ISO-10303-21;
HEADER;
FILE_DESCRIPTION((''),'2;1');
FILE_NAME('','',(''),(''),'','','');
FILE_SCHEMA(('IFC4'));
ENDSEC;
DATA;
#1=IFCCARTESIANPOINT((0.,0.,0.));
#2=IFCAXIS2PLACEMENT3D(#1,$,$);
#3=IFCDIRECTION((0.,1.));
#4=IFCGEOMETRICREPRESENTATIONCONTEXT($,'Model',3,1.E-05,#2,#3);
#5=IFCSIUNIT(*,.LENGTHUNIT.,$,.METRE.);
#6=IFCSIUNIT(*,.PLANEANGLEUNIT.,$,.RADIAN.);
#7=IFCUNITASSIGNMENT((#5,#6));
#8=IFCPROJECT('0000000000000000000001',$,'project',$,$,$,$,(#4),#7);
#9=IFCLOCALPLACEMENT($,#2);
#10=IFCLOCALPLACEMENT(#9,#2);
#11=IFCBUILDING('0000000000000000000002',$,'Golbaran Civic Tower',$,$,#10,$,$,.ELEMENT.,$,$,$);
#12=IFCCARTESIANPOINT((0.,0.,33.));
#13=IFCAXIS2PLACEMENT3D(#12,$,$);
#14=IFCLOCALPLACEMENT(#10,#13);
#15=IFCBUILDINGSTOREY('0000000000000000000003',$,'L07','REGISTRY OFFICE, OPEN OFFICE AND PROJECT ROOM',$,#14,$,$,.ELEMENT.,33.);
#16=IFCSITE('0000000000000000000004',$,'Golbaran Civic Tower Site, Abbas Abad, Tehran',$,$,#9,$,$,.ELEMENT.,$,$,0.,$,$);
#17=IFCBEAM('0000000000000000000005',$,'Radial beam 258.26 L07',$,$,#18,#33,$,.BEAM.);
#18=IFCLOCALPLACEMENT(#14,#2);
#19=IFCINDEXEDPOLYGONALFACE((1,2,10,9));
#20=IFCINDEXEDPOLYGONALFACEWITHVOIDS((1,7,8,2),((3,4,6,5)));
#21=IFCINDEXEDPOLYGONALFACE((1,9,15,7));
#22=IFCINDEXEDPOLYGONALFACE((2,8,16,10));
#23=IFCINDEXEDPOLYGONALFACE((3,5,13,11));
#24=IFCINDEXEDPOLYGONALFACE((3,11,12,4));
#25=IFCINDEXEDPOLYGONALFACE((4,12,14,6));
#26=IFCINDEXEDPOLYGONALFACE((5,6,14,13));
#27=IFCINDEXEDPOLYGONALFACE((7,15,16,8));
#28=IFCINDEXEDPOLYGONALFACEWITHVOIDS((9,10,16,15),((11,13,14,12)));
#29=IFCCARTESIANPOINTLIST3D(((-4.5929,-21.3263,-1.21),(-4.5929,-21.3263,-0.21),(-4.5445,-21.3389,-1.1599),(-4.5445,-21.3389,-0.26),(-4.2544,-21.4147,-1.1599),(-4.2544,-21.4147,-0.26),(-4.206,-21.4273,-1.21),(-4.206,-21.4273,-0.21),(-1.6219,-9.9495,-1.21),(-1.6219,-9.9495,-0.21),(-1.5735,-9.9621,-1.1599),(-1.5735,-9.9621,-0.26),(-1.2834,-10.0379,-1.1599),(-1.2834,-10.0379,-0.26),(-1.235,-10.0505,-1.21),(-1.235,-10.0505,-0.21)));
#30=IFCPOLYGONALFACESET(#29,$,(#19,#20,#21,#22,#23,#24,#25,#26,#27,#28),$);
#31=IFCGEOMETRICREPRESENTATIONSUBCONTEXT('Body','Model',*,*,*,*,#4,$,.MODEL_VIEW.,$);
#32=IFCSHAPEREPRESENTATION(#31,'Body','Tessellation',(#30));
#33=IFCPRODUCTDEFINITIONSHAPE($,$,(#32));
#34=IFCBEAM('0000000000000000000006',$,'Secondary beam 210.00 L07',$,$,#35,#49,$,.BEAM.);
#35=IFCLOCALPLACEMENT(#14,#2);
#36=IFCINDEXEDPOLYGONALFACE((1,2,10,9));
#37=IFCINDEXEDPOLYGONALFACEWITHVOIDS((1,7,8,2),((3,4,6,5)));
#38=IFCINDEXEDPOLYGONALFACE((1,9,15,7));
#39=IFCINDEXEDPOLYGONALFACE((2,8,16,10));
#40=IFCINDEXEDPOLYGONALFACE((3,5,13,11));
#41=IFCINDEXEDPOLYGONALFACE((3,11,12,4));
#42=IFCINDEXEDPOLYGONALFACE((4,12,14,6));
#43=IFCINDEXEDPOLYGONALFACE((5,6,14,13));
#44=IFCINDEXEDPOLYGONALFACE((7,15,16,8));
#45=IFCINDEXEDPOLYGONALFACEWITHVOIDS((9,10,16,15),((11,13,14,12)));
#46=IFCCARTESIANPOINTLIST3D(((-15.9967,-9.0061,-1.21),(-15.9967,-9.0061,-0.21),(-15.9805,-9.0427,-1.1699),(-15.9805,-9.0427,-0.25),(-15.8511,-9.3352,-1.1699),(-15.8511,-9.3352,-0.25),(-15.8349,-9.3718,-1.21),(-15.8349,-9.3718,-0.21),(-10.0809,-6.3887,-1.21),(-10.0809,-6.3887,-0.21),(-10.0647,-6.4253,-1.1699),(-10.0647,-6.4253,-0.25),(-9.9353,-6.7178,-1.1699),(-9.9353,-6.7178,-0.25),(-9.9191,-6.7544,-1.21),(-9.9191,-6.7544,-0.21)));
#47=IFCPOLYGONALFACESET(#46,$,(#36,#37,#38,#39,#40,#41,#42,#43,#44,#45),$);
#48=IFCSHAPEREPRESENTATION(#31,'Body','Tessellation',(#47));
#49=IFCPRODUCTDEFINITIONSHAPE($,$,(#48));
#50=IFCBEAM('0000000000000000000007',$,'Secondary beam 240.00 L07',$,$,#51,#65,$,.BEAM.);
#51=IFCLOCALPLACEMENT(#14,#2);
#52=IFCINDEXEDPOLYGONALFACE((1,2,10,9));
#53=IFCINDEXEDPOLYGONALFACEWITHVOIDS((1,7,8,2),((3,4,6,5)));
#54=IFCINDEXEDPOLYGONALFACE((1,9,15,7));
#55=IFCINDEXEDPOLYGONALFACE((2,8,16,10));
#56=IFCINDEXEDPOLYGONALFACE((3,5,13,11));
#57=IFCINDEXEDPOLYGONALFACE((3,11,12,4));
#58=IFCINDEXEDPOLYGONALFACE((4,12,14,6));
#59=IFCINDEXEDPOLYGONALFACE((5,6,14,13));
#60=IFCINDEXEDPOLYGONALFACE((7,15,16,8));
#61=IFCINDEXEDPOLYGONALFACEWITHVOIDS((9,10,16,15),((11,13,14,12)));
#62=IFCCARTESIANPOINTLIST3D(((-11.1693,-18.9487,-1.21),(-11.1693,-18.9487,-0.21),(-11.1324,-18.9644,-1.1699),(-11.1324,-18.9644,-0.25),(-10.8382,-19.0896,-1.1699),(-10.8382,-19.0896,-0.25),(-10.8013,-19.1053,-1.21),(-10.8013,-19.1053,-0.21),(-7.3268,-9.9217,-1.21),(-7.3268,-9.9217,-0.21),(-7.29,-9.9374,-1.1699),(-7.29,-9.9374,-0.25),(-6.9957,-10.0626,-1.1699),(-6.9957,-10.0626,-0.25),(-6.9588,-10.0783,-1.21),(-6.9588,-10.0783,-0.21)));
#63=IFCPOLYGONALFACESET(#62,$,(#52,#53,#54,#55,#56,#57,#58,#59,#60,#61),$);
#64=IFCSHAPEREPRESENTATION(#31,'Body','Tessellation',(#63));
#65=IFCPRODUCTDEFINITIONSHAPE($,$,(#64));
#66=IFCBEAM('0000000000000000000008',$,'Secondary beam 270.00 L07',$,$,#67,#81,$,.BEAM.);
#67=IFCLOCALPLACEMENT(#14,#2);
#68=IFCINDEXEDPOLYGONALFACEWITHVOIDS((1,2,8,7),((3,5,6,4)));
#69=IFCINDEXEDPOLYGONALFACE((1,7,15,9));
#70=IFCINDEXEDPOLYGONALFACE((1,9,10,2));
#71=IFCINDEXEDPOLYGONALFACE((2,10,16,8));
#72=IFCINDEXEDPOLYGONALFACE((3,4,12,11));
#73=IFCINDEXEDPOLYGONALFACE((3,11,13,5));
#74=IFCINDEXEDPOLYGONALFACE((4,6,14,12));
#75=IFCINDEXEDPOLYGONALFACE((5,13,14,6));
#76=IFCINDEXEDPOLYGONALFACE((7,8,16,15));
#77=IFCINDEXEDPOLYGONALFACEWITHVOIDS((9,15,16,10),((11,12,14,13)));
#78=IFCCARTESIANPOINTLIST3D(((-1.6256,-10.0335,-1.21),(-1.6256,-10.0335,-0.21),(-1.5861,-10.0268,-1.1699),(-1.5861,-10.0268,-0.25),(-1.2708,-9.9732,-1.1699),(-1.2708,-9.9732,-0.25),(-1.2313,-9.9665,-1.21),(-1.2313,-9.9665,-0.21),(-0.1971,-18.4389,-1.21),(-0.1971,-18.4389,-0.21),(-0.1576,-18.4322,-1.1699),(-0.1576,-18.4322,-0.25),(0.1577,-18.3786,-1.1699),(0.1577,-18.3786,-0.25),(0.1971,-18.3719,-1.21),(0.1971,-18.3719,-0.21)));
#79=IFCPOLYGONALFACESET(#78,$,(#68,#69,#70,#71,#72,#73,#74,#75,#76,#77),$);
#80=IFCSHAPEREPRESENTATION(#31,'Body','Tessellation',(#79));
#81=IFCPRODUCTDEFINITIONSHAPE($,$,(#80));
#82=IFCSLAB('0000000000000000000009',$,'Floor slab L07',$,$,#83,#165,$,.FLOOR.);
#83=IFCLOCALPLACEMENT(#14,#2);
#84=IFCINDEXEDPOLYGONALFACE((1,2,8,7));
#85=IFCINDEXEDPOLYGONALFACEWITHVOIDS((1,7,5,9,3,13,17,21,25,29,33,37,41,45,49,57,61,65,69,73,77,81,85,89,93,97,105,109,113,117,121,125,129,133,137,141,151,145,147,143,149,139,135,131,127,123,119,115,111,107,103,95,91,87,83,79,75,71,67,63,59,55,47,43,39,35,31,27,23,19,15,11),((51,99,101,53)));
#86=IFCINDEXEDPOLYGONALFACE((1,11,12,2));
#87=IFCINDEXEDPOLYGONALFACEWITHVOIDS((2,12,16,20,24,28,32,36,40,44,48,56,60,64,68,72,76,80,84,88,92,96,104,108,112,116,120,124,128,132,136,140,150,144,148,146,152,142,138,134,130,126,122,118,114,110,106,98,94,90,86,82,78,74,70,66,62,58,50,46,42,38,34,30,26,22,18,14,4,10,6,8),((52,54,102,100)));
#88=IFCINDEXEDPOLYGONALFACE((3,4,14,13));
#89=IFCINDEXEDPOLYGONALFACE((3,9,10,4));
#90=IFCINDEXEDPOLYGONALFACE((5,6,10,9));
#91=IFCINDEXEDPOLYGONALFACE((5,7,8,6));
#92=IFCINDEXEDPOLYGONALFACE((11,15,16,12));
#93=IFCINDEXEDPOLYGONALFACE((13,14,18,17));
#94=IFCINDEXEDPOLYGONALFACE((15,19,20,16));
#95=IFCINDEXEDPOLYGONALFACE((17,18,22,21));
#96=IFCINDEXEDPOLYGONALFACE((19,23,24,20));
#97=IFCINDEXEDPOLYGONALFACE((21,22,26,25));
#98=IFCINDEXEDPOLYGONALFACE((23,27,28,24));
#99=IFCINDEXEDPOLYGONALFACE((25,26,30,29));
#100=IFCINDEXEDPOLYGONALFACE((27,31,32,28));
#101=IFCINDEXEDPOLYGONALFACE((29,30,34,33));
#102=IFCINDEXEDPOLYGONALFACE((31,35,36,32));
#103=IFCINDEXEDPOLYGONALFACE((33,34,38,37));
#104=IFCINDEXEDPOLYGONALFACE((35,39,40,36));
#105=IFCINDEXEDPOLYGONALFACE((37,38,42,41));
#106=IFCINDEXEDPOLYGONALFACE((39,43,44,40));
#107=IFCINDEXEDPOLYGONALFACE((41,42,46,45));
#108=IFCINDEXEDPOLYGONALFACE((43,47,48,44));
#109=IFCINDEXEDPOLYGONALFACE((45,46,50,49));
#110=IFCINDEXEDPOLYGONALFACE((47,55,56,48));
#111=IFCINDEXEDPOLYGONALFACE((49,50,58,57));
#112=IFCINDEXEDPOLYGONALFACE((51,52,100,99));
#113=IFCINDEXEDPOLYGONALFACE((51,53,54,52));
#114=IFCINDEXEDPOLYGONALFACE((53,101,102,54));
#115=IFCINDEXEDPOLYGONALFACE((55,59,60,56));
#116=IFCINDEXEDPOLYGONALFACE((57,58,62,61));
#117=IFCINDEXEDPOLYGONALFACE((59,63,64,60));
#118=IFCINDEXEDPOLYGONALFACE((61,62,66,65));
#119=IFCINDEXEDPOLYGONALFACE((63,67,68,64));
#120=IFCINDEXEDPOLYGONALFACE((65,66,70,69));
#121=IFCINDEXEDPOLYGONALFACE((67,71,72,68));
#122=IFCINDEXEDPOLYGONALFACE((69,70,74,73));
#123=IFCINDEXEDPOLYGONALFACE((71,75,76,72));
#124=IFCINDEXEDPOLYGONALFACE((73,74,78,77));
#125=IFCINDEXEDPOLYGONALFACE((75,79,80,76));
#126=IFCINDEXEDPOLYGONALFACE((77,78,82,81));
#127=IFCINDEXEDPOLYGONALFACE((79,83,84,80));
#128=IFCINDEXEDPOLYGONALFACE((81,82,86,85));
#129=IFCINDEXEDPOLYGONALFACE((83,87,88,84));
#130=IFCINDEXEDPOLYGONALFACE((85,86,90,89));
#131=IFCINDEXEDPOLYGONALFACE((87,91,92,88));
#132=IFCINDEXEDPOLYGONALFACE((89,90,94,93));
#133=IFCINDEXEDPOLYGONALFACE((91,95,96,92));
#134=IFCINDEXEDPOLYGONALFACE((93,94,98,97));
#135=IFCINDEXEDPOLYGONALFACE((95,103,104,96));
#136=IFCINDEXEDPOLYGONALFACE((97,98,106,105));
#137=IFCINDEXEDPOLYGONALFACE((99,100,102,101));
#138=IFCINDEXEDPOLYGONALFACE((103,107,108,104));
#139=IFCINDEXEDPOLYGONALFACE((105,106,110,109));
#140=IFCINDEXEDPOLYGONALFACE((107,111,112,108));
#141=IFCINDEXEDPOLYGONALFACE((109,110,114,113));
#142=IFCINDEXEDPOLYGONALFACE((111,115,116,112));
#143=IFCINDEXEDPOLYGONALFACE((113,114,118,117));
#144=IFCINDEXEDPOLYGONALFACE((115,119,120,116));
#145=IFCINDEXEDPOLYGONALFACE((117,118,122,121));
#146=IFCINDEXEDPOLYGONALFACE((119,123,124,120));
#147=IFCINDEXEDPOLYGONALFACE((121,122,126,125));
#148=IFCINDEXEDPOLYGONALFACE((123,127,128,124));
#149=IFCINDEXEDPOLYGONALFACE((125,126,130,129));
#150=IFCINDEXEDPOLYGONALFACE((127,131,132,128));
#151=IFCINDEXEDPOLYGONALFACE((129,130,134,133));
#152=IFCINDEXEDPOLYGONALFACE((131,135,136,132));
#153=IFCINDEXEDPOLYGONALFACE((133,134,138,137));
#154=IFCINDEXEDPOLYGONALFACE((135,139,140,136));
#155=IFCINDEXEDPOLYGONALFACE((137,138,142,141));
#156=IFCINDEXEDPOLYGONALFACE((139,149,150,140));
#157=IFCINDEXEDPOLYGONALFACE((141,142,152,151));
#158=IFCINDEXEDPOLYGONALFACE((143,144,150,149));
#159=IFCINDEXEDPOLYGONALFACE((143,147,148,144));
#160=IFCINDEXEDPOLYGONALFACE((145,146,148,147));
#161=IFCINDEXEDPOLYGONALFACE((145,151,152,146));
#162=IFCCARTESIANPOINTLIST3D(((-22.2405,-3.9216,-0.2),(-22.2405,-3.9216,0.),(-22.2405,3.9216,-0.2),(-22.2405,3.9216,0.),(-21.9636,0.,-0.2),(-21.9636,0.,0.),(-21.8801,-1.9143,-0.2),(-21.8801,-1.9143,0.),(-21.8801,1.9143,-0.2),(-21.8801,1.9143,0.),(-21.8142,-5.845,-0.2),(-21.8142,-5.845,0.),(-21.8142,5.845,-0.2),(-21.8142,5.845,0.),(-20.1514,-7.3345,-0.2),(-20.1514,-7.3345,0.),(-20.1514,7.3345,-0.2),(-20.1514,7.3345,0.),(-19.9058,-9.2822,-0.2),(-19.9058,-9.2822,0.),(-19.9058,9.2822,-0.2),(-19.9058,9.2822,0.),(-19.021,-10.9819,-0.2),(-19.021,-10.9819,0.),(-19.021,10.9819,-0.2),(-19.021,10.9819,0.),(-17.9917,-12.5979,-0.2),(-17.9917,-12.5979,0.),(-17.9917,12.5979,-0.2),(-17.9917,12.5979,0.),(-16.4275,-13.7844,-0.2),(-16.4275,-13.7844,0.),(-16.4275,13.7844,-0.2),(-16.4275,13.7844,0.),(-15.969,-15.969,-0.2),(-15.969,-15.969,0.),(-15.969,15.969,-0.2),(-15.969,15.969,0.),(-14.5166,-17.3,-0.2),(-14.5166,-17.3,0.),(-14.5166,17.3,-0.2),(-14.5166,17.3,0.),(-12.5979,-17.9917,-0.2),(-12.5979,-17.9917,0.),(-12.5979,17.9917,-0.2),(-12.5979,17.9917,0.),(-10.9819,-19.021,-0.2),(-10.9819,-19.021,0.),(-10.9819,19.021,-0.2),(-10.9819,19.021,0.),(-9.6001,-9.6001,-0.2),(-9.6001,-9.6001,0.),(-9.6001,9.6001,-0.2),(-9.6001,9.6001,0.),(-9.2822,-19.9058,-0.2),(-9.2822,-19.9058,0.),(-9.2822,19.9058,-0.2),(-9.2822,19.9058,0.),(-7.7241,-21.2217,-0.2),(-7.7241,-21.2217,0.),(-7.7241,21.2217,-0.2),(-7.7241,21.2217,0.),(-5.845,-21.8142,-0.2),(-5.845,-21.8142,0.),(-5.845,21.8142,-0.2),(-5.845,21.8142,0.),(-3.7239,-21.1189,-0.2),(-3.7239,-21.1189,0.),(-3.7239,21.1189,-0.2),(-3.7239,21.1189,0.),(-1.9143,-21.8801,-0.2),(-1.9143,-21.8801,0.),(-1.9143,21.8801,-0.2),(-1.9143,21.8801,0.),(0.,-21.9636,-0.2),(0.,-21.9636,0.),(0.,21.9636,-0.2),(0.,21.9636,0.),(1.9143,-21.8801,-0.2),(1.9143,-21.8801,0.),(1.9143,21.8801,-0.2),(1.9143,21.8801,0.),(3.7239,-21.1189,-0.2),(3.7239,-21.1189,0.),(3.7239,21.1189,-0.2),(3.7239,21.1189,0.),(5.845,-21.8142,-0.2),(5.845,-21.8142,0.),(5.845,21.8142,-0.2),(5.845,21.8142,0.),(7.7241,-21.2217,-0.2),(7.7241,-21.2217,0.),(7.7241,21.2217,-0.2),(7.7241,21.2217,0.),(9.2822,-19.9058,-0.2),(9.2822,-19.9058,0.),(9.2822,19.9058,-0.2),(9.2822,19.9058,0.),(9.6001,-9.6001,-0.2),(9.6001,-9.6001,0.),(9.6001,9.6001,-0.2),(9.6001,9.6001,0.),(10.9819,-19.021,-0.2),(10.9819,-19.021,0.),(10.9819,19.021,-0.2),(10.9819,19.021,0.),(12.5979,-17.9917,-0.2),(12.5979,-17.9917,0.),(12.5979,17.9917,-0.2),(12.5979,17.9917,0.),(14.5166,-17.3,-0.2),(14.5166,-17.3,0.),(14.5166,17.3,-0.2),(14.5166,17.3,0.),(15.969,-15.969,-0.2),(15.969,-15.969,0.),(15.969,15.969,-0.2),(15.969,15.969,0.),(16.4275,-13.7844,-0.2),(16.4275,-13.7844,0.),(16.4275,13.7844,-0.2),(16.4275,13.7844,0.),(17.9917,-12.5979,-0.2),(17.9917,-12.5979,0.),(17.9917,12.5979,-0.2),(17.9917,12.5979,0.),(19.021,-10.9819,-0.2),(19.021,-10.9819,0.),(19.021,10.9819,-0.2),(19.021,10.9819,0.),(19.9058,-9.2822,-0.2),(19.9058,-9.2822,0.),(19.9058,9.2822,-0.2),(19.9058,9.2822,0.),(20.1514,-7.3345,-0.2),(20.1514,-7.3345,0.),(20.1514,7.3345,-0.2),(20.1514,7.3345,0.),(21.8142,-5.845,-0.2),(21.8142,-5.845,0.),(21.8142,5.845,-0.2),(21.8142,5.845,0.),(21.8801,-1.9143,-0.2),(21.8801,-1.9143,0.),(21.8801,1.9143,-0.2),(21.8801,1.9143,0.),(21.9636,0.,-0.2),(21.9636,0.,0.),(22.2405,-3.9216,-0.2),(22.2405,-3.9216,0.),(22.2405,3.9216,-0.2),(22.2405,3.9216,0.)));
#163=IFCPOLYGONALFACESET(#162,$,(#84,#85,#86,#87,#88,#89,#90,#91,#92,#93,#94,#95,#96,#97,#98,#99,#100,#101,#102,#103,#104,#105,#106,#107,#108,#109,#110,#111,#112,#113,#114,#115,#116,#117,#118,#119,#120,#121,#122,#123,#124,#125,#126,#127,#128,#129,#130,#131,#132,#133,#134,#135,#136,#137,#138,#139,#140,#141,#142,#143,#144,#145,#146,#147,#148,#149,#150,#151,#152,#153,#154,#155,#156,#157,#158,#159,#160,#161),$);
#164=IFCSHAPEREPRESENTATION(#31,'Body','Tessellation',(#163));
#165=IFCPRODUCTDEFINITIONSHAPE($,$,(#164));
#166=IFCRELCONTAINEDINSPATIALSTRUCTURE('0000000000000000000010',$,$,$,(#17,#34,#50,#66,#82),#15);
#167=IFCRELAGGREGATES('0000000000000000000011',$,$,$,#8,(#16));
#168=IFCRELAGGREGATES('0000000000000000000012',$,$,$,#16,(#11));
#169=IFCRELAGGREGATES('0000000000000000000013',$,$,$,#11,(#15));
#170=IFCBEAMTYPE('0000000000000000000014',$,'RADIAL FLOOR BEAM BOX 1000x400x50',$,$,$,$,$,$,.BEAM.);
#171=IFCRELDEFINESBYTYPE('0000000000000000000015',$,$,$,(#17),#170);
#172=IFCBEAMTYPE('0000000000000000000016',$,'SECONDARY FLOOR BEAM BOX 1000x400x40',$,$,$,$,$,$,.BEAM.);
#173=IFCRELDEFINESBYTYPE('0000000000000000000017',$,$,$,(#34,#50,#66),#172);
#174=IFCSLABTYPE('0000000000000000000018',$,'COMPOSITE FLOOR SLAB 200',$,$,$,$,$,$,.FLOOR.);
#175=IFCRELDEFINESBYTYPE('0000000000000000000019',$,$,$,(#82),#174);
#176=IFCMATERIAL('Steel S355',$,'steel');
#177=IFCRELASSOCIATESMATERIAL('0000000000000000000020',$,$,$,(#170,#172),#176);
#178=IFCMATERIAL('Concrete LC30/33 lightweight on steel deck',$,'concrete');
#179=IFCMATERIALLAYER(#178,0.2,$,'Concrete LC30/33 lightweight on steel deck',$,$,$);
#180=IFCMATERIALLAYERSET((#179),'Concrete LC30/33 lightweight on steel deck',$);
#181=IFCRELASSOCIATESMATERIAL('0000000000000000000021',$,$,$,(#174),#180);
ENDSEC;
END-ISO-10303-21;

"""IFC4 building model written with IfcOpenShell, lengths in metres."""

from ifc_helpers import new_model, si_unit, direction, frame, origin, origin_2d, place, context, subcontext, project, spatial, polyline, hollow_rectangle, outline, extrude, material, layer, layer_set, material_profile, profile_set, type_object, element, save


model = new_model("IFC4")

# Units and contexts
model_context = context("Model", 3, precision=1e-05, world=origin(), true_north=direction((0.0, 1.0)))
body_context = subcontext(model_context, "Body", "Model", "MODEL_VIEW")
ifc_project = project(units=[si_unit("LENGTHUNIT", "METRE"), si_unit("PLANEANGLEUNIT", "RADIAN")], contexts=[model_context])

# Site, building, storey
site_placement = place(None, origin())
site = spatial("IfcSite", under=ifc_project, at=site_placement, Name="Golbaran Civic Tower Site, Abbas Abad, Tehran", CompositionType="ELEMENT", RefElevation=0.0)
building_placement = place(site_placement, origin())
building = spatial("IfcBuilding", under=site, at=building_placement, Name="Golbaran Civic Tower", CompositionType="ELEMENT")
storey_placement = place(building_placement, frame((0.0, 0.0, 33.0)))
storey = spatial("IfcBuildingStorey", under=building, at=storey_placement, Name="L07", Description="REGISTRY OFFICE, OPEN OFFICE AND PROJECT ROOM", CompositionType="ELEMENT", Elevation=33.0)

# Beams
ifc_material_1 = material(Name="Steel S355", Category="steel")
ifc_material_profile_1 = material_profile(ifc_material_1, hollow_rectangle(XDim=0.3999, YDim=1.0, WallThickness=0.05, at=origin_2d()), Name="BOX 1000x400x50")
ifc_profile_set_1 = profile_set([ifc_material_profile_1], Name="Steel S355")
beam_type_1 = type_object("IfcBeamType", Name="RADIAL FLOOR BEAM BOX 1000x400x50", PredefinedType="BEAM", material=ifc_profile_set_1)
beam_1_placement = place(storey_placement, frame((-1.4285, -10.0, -0.71), z_axis=(-0.25267, -0.967553, 0.0), x_axis=(0.967553, -0.25267, 0.0)))
element("IfcBeam", 1, at=beam_1_placement, inside=storey, type_object=beam_type_1, Name="Radial beam 258.26 L07", PredefinedType="BEAM", context=body_context, shape_type="SweptSolid", body=[
    extrude(hollow_rectangle(XDim=0.3999, YDim=1.0, WallThickness=0.05, at=origin_2d()), origin(), (0.0, 0.0, 1.0), 11.7583),
])
ifc_material_profile_2 = material_profile(ifc_material_1, hollow_rectangle(XDim=0.3999, YDim=1.0, WallThickness=0.04, at=origin_2d()), Name="BOX 1000x400x40")
ifc_profile_set_2 = profile_set([ifc_material_profile_2], Name="Steel S355")
beam_type_2 = type_object("IfcBeamType", Name="SECONDARY FLOOR BEAM BOX 1000x400x40", PredefinedType="BEAM", material=ifc_profile_set_2)
beam_2_placement = place(storey_placement, frame((-10.0, -6.5715, -0.71), z_axis=(-0.914487, -0.404615, 0.0), x_axis=(0.404615, -0.914487, 0.0)))
element("IfcBeam", 2, at=beam_2_placement, inside=storey, type_object=beam_type_2, Name="Secondary beam 210.00 L07", PredefinedType="BEAM", context=body_context, shape_type="SweptSolid", body=[
    extrude(hollow_rectangle(XDim=0.3999, YDim=1.0, WallThickness=0.04, at=origin_2d()), origin(), (0.0, 0.0, 1.0), 6.469),
])
beam_3_placement = place(storey_placement, frame((-7.1428, -10.0, -0.71), z_axis=(-0.39166, -0.92011, 0.0), x_axis=(0.92011, -0.39166, 0.0)))
element("IfcBeam", 3, at=beam_3_placement, inside=storey, type_object=beam_type_2, Name="Secondary beam 240.00 L07", PredefinedType="BEAM", context=body_context, shape_type="SweptSolid", body=[
    extrude(hollow_rectangle(XDim=0.3999, YDim=1.0, WallThickness=0.04, at=origin_2d()), origin(), (0.0, 0.0, 1.0), 9.8108),
])
beam_4_placement = place(storey_placement, frame((-1.4285, -10.0, -0.71), z_axis=(0.167547, -0.985864, 0.0), x_axis=(0.985864, 0.167547, 0.0)))
element("IfcBeam", 4, at=beam_4_placement, inside=storey, type_object=beam_type_2, Name="Secondary beam 270.00 L07", PredefinedType="BEAM", context=body_context, shape_type="SweptSolid", body=[
    extrude(hollow_rectangle(XDim=0.3999, YDim=1.0, WallThickness=0.04, at=origin_2d()), origin(), (0.0, 0.0, 1.0), 8.5259),
])

# Slab
ifc_material_2 = material(Name="Concrete LC30/33 lightweight on steel deck", Category="concrete")
ifc_layer_1 = layer(ifc_material_2, 0.2, Name="Concrete LC30/33 lightweight on steel deck")
ifc_layer_set_1 = layer_set([ifc_layer_1], Name="Concrete LC30/33 lightweight on steel deck")
slab_type = type_object("IfcSlabType", Name="COMPOSITE FLOOR SLAB 200", PredefinedType="FLOOR", material=ifc_layer_set_1)
slab_placement = place(storey_placement, frame((0.0, 0.0, -0.2)))
element("IfcSlab", 5, at=slab_placement, inside=storey, type_object=slab_type, Name="Floor slab L07", PredefinedType="FLOOR", context=body_context, shape_type="SweptSolid", body=[
    extrude(outline(polyline([(22.2405, -3.9216), (21.8142, -5.845), (20.1514, -7.3345), (19.9058, -9.2822), (19.021, -10.9819), (17.9917, -12.5979), (16.4275, -13.7844), (15.969, -15.969), (14.5166, -17.3), (12.5979, -17.9917), (10.9819, -19.021), (9.2822, -19.9058), (7.7241, -21.2217), (5.845, -21.8142), (3.7239, -21.1189), (1.9143, -21.8801), (0.0, -21.9636), (-1.9143, -21.8801), (-3.7239, -21.1189), (-5.845, -21.8142), (-7.7241, -21.2217), (-9.2822, -19.9058), (-10.9819, -19.021), (-12.5979, -17.9917), (-14.5166, -17.3), (-15.969, -15.969), (-16.4275, -13.7844), (-17.9917, -12.5979), (-19.021, -10.9819), (-19.9058, -9.2822), (-20.1514, -7.3345), (-21.8142, -5.845), (-22.2405, -3.9216), (-21.8801, -1.9143), (-21.9636, 0.0), (-21.8801, 1.9143), (-22.2405, 3.9216), (-21.8142, 5.845), (-20.1514, 7.3345), (-19.9058, 9.2822), (-19.021, 10.9819), (-17.9917, 12.5979), (-16.4275, 13.7844), (-15.969, 15.969), (-14.5166, 17.3), (-12.5979, 17.9917), (-10.9819, 19.021), (-9.2822, 19.9058), (-7.7241, 21.2217), (-5.845, 21.8142), (-3.7239, 21.1189), (-1.9143, 21.8801), (0.0, 21.9636), (1.9143, 21.8801), (3.7239, 21.1189), (5.845, 21.8142), (7.7241, 21.2217), (9.2822, 19.9058), (10.9819, 19.021), (12.5979, 17.9917), (14.5166, 17.3), (15.969, 15.969), (16.4275, 13.7844), (17.9917, 12.5979), (19.021, 10.9819), (19.9058, 9.2822), (20.1514, 7.3345), (21.8142, 5.845), (22.2405, 3.9216), (21.8801, 1.9143), (21.9636, 0.0), (21.8801, -1.9143), (22.2405, -3.9216)]), holes=[polyline([(-9.6001, 9.6001), (-9.6001, -9.6001), (9.6001, -9.6001), (9.6001, 9.6001), (-9.6001, 9.6001)])]), origin(), (0.0, 0.0, 1.0), 0.2),
])

save(model, "model.ifc")
